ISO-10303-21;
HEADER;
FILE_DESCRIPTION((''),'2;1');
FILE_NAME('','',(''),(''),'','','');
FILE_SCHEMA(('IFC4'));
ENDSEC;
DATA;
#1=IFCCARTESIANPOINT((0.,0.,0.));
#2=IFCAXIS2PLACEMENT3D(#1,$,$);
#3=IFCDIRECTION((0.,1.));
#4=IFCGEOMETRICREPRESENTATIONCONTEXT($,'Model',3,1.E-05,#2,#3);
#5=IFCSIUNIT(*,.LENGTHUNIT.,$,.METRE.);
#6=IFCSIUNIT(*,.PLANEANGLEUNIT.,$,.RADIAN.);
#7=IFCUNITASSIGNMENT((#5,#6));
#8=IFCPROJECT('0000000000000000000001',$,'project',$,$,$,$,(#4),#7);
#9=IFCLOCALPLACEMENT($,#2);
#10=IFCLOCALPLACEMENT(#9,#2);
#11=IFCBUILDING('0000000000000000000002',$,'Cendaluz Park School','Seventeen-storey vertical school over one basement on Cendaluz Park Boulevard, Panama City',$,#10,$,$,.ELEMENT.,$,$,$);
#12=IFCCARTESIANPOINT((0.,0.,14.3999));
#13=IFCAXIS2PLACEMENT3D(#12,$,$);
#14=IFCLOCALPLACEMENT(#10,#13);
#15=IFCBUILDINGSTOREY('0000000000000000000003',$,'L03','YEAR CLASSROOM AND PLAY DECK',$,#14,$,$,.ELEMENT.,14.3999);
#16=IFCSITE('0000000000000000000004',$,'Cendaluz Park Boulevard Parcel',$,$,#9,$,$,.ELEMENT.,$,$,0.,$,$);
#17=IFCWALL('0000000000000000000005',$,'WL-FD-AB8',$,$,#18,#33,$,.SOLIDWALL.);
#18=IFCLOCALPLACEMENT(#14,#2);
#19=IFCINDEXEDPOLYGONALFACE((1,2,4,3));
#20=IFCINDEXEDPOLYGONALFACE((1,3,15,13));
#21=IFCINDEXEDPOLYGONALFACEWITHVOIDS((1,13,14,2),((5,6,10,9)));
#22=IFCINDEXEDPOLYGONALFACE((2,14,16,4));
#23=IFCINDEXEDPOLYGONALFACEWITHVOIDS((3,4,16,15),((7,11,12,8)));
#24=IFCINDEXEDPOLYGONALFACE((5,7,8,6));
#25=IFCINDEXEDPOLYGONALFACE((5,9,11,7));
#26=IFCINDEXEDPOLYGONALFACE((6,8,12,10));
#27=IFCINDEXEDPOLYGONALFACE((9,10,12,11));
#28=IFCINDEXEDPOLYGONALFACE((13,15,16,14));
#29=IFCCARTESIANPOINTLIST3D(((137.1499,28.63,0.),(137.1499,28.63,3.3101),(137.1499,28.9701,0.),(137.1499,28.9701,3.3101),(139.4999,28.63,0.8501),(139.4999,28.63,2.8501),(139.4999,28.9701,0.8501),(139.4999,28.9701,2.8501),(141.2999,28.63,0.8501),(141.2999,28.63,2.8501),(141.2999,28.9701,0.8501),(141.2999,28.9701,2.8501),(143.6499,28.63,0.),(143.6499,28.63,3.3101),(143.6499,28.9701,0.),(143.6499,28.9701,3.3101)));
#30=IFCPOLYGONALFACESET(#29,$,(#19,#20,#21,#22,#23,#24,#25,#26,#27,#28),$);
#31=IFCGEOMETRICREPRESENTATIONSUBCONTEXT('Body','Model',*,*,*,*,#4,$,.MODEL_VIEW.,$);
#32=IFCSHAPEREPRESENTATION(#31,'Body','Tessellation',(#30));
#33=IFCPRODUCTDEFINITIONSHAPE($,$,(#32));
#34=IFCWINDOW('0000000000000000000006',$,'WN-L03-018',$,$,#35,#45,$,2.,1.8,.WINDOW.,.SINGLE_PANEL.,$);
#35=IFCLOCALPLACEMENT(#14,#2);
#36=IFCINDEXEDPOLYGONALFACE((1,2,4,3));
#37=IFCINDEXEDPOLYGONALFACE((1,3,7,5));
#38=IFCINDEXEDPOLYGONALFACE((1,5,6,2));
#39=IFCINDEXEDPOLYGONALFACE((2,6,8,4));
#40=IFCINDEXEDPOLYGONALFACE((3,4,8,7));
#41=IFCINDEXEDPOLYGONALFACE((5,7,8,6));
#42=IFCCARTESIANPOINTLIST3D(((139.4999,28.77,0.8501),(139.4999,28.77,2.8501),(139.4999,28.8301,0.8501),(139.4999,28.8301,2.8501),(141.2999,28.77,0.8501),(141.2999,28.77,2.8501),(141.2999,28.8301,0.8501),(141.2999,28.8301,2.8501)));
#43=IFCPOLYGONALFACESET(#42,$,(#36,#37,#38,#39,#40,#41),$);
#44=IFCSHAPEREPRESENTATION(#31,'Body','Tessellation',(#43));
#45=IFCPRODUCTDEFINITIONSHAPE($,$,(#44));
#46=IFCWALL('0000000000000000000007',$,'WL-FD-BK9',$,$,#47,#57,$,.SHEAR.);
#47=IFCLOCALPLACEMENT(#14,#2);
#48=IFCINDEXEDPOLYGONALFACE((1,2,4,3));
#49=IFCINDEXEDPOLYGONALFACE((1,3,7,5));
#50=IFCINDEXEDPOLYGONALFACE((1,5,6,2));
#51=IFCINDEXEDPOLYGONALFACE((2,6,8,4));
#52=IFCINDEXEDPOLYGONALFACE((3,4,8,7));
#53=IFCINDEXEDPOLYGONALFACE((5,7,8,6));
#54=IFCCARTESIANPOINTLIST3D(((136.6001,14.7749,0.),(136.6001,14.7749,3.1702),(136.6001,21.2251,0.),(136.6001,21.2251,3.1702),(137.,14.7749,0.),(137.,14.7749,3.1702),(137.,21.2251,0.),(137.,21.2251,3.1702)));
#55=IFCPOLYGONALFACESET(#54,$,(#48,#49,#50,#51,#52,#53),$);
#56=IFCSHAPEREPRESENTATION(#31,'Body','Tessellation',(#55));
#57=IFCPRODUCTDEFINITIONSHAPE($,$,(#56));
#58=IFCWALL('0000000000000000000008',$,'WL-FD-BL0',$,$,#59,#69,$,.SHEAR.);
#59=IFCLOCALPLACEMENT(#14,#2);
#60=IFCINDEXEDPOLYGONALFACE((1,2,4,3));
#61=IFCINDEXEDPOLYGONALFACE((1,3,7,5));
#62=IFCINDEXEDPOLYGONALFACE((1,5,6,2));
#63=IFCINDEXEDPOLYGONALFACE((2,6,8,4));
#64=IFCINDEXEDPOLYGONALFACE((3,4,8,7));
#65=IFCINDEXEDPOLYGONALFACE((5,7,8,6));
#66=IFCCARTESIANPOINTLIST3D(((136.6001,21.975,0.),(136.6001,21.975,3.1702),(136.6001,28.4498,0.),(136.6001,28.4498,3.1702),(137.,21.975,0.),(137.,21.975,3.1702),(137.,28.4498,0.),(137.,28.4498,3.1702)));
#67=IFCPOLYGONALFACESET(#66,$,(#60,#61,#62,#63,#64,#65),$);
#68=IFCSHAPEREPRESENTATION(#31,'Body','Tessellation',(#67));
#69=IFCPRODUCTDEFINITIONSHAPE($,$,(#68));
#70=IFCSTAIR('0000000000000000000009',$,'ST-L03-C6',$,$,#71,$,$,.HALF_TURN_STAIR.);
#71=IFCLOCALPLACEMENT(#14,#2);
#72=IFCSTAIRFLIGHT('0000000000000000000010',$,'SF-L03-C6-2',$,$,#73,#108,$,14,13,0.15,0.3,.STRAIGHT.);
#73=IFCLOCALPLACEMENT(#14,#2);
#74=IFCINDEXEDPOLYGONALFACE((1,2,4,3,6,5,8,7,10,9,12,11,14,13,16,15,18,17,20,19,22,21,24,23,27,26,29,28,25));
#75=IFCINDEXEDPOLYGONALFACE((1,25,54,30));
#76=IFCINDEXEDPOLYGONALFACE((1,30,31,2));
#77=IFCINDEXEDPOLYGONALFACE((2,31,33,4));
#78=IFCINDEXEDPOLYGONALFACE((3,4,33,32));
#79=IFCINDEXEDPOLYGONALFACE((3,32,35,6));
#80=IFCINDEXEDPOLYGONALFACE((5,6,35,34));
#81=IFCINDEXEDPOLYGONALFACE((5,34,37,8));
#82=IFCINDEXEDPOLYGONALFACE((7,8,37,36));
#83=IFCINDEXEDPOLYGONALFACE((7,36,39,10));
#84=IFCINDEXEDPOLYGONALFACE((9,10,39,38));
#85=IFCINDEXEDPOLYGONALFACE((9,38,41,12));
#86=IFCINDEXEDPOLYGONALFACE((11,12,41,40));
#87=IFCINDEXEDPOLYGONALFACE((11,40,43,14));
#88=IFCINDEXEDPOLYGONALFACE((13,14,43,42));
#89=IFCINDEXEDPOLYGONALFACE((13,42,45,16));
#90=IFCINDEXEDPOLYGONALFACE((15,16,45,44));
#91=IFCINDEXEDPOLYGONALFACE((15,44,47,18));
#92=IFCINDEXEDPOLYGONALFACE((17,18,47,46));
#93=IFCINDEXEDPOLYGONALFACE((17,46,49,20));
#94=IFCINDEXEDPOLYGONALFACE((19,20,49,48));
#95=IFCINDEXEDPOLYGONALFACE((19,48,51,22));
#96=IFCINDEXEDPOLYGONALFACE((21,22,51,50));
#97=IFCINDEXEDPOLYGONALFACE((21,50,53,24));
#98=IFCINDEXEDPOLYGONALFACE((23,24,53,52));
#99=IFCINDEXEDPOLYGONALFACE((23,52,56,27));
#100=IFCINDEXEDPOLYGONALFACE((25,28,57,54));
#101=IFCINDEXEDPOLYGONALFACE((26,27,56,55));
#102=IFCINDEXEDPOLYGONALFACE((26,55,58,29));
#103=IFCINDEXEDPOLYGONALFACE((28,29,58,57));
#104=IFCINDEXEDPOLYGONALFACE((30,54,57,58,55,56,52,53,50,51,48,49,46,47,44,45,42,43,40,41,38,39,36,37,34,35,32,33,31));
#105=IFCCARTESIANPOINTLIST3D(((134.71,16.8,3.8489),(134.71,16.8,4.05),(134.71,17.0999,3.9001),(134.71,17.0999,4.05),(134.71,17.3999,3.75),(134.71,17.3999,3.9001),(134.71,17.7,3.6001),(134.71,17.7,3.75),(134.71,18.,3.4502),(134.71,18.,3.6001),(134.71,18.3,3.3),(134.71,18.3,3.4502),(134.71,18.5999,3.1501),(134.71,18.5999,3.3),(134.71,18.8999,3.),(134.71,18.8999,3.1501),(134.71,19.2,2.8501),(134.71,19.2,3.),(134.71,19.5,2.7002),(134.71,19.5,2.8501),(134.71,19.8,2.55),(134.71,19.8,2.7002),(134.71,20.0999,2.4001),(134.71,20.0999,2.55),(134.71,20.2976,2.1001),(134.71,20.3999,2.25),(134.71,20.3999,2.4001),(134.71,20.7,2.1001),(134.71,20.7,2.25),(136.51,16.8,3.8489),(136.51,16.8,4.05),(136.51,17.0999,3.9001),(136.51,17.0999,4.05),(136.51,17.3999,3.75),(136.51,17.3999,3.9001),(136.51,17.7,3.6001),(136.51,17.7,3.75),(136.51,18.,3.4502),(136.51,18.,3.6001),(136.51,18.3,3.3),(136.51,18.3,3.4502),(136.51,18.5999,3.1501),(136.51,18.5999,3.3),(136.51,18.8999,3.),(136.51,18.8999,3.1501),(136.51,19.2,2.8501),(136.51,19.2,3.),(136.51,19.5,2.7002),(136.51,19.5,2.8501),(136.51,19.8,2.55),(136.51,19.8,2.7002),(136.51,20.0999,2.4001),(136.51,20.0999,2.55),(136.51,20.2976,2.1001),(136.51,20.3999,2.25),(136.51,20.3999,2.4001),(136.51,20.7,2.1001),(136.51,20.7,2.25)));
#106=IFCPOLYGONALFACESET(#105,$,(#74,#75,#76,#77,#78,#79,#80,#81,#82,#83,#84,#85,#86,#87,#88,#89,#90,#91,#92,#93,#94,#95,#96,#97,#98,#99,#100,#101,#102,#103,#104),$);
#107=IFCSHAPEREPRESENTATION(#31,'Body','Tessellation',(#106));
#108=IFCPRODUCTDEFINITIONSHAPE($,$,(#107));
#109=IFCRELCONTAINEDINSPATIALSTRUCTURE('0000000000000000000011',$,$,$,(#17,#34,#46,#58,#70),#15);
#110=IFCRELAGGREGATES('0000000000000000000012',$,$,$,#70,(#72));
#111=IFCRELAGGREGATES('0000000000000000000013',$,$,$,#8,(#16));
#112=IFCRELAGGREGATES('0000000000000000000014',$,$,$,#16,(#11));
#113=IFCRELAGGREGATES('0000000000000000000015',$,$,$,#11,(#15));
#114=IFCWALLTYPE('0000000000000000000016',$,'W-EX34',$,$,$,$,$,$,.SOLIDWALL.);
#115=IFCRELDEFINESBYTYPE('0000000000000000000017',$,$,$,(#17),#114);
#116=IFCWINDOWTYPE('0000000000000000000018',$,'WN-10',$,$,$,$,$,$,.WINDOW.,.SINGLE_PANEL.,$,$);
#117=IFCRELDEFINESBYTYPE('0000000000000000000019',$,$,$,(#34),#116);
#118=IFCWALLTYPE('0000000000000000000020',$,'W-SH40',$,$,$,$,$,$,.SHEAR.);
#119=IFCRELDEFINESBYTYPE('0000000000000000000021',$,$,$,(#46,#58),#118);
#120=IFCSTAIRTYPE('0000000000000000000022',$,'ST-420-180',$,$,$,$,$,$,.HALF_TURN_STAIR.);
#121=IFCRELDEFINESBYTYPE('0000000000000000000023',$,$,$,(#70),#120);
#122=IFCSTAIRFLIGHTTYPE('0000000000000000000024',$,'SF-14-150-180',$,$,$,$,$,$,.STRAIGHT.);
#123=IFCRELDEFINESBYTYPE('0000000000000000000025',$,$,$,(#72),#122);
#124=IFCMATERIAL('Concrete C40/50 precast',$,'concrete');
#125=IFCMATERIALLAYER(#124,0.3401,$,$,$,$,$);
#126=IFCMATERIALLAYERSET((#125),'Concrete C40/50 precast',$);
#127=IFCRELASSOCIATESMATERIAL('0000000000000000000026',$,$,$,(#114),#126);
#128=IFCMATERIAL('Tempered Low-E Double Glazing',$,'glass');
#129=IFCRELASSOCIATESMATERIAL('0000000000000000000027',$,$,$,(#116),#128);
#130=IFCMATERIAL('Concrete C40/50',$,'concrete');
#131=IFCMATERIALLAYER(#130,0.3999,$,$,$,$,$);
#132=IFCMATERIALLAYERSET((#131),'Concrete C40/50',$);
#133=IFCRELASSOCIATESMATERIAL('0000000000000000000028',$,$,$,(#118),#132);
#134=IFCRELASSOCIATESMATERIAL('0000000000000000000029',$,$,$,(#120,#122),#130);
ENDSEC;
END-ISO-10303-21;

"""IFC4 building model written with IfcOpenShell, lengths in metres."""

from ifc_helpers import new_model, si_unit, direction, frame, frame_2d, origin, place, context, subcontext, project, spatial, polyline, rectangle, outline, extrude, material, layer, layer_set, type_object, element, fill, aggregate, save


model = new_model("IFC4")

# Units and contexts
model_context = context("Model", 3, precision=1e-05, world=origin(), true_north=direction((0.0, 1.0)))
body_context = subcontext(model_context, "Body", "Model", "MODEL_VIEW")
ifc_project = project(units=[si_unit("LENGTHUNIT", "METRE"), si_unit("PLANEANGLEUNIT", "RADIAN")], contexts=[model_context])

# Site, building, storey
site_placement = place(None, origin())
site = spatial("IfcSite", under=ifc_project, at=site_placement, Name="Cendaluz Park Boulevard Parcel", CompositionType="ELEMENT", RefElevation=0.0)
building_placement = place(site_placement, origin())
building = spatial("IfcBuilding", under=site, at=building_placement, Name="Cendaluz Park School", Description="Seventeen-storey vertical school over one basement on Cendaluz Park Boulevard, Panama City", CompositionType="ELEMENT")
storey_placement = place(building_placement, frame((0.0, 0.0, 14.3999)))
storey = spatial("IfcBuildingStorey", under=building, at=storey_placement, Name="L03", Description="YEAR CLASSROOM AND PLAY DECK", CompositionType="ELEMENT", Elevation=14.3999)

# Shared definitions
ifc_material_1 = material(Name="Concrete C40/50", Category="concrete")

# Shared definitions
ifc_material_2 = material(Name="Tempered Low-E Double Glazing", Category="glass")

# Wall, opening, window
ifc_material_3 = material(Name="Concrete C40/50 precast", Category="concrete")
ifc_layer_1 = layer(ifc_material_3, 0.3401)
ifc_layer_set_1 = layer_set([ifc_layer_1], Name="Concrete C40/50 precast")
wall_type_1 = type_object("IfcWallType", Name="W-EX34", PredefinedType="SOLIDWALL", material=ifc_layer_set_1)
wall_1_placement = place(storey_placement, frame((137.1499, 28.8, 0.0), z_axis=(0.0, 0.0, 1.0), x_axis=(1.0, 0.0, 0.0)))
wall_1 = element("IfcWall", 1, at=wall_1_placement, inside=storey, type_object=wall_type_1, Name="WL-FD-AB8", PredefinedType="SOLIDWALL", context=body_context, shape_type="SweptSolid", body=[
    extrude(rectangle(XDim=6.5, YDim=0.3401, at=frame_2d((3.25, 0.0))), origin(), (0.0, 0.0, 1.0), 3.3101),
])
opening_placement = place(wall_1_placement, frame((2.3501, 0.0, 0.8501)))
opening = element("IfcOpeningElement", 2, at=opening_placement, cuts=wall_1, PredefinedType="OPENING", context=body_context, shape_type="SweptSolid", body=[
    extrude(rectangle(XDim=1.8, YDim=2.0, at=frame_2d((0.8999, 1.0))), frame((0.0, 0.1821, 0.0), z_axis=(0.0, -1.0, 0.0), x_axis=(1.0, 0.0, 0.0)), (0.0, 0.0, 1.0), 0.364),
])
window_type = type_object("IfcWindowType", Name="WN-10", PartitioningType="SINGLE_PANEL", PredefinedType="WINDOW", material=ifc_material_2)
window_placement = place(opening_placement, origin())
window = element("IfcWindow", 3, at=window_placement, inside=storey, type_object=window_type, Name="WN-L03-018", OverallHeight=2.0, OverallWidth=1.8, PartitioningType="SINGLE_PANEL", PredefinedType="WINDOW", context=body_context, shape_type="SweptSolid", body=[
    extrude(rectangle(XDim=1.8, YDim=2.0, at=frame_2d((0.8999, 1.0))), frame((0.0, 0.03, 0.0), z_axis=(0.0, -1.0, 0.0), x_axis=(1.0, 0.0, 0.0)), (0.0, 0.0, 1.0), 0.0601),
])
fill(opening, window)

# Walls
ifc_layer_2 = layer(ifc_material_1, 0.3999)
ifc_layer_set_2 = layer_set([ifc_layer_2], Name="Concrete C40/50")
wall_type_2 = type_object("IfcWallType", Name="W-SH40", PredefinedType="SHEAR", material=ifc_layer_set_2)
wall_2_placement = place(storey_placement, frame((136.8, 14.7749, 0.0), z_axis=(0.0, 0.0, 1.0), x_axis=(0.0, 1.0, 0.0)))
element("IfcWall", 4, at=wall_2_placement, inside=storey, type_object=wall_type_2, Name="WL-FD-BK9", PredefinedType="SHEAR", context=body_context, shape_type="SweptSolid", body=[
    extrude(rectangle(XDim=6.4502, YDim=0.3999, at=frame_2d((3.2251, 0.0))), origin(), (0.0, 0.0, 1.0), 3.1702),
])
wall_3_placement = place(storey_placement, frame((136.8, 21.9751, 0.0), z_axis=(0.0, 0.0, 1.0), x_axis=(0.0, 1.0, 0.0)))
element("IfcWall", 5, at=wall_3_placement, inside=storey, type_object=wall_type_2, Name="WL-FD-BL0", PredefinedType="SHEAR", context=body_context, shape_type="SweptSolid", body=[
    extrude(rectangle(XDim=6.4749, YDim=0.3999, at=frame_2d((3.2373, 0.0))), origin(), (0.0, 0.0, 1.0), 3.1702),
])

# Stair, stair flight
stair_type = type_object("IfcStairType", Name="ST-420-180", PredefinedType="HALF_TURN_STAIR", material=ifc_material_1)
stair_placement = place(storey_placement, origin())
stair = element("IfcStair", 6, at=stair_placement, inside=storey, type_object=stair_type, Name="ST-L03-C6", PredefinedType="HALF_TURN_STAIR")
stair_flight_type = type_object("IfcStairFlightType", Name="SF-14-150-180", PredefinedType="STRAIGHT", material=ifc_material_1)
stair_flight_placement = place(storey_placement, frame((135.6101, 20.7, 2.1001), z_axis=(0.0, 0.0, 1.0), x_axis=(0.0, -1.0, 0.0)))
stair_flight = element("IfcStairFlight", 7, at=stair_flight_placement, type_object=stair_flight_type, Name="SF-L03-C6-2", NumberOfRisers=14, NumberOfTreads=13, PredefinedType="STRAIGHT", RiserHeight=0.15, TreadLength=0.3, context=body_context, shape_type="SweptSolid", body=[
    extrude(outline(polyline([(0.0, 0.0), (0.0, 0.1499), (0.3, 0.1499), (0.3, 0.3), (0.6001, 0.3), (0.6001, 0.45), (0.8999, 0.45), (0.8999, 0.6001), (1.2, 0.6001), (1.2, 0.75), (1.5, 0.75), (1.5, 0.8999), (1.8, 0.8999), (1.8, 1.05), (2.1001, 1.05), (2.1001, 1.2), (2.3999, 1.2), (2.3999, 1.3501), (2.7, 1.3501), (2.7, 1.5), (3.0, 1.5), (3.0, 1.6499), (3.3, 1.6499), (3.3, 1.8), (3.6001, 1.8), (3.6001, 1.95), (3.8999, 1.95), (3.8999, 2.1001), (3.8999, 1.7488), (0.4023, 0.0), (0.0, 0.0)])), frame((0.0, 0.8999, 0.0), z_axis=(0.0, -1.0, 0.0), x_axis=(1.0, 0.0, 0.0)), (0.0, 0.0, 1.0), 1.8),
])
aggregate(stair, [stair_flight])

save(model, "model.ifc")
